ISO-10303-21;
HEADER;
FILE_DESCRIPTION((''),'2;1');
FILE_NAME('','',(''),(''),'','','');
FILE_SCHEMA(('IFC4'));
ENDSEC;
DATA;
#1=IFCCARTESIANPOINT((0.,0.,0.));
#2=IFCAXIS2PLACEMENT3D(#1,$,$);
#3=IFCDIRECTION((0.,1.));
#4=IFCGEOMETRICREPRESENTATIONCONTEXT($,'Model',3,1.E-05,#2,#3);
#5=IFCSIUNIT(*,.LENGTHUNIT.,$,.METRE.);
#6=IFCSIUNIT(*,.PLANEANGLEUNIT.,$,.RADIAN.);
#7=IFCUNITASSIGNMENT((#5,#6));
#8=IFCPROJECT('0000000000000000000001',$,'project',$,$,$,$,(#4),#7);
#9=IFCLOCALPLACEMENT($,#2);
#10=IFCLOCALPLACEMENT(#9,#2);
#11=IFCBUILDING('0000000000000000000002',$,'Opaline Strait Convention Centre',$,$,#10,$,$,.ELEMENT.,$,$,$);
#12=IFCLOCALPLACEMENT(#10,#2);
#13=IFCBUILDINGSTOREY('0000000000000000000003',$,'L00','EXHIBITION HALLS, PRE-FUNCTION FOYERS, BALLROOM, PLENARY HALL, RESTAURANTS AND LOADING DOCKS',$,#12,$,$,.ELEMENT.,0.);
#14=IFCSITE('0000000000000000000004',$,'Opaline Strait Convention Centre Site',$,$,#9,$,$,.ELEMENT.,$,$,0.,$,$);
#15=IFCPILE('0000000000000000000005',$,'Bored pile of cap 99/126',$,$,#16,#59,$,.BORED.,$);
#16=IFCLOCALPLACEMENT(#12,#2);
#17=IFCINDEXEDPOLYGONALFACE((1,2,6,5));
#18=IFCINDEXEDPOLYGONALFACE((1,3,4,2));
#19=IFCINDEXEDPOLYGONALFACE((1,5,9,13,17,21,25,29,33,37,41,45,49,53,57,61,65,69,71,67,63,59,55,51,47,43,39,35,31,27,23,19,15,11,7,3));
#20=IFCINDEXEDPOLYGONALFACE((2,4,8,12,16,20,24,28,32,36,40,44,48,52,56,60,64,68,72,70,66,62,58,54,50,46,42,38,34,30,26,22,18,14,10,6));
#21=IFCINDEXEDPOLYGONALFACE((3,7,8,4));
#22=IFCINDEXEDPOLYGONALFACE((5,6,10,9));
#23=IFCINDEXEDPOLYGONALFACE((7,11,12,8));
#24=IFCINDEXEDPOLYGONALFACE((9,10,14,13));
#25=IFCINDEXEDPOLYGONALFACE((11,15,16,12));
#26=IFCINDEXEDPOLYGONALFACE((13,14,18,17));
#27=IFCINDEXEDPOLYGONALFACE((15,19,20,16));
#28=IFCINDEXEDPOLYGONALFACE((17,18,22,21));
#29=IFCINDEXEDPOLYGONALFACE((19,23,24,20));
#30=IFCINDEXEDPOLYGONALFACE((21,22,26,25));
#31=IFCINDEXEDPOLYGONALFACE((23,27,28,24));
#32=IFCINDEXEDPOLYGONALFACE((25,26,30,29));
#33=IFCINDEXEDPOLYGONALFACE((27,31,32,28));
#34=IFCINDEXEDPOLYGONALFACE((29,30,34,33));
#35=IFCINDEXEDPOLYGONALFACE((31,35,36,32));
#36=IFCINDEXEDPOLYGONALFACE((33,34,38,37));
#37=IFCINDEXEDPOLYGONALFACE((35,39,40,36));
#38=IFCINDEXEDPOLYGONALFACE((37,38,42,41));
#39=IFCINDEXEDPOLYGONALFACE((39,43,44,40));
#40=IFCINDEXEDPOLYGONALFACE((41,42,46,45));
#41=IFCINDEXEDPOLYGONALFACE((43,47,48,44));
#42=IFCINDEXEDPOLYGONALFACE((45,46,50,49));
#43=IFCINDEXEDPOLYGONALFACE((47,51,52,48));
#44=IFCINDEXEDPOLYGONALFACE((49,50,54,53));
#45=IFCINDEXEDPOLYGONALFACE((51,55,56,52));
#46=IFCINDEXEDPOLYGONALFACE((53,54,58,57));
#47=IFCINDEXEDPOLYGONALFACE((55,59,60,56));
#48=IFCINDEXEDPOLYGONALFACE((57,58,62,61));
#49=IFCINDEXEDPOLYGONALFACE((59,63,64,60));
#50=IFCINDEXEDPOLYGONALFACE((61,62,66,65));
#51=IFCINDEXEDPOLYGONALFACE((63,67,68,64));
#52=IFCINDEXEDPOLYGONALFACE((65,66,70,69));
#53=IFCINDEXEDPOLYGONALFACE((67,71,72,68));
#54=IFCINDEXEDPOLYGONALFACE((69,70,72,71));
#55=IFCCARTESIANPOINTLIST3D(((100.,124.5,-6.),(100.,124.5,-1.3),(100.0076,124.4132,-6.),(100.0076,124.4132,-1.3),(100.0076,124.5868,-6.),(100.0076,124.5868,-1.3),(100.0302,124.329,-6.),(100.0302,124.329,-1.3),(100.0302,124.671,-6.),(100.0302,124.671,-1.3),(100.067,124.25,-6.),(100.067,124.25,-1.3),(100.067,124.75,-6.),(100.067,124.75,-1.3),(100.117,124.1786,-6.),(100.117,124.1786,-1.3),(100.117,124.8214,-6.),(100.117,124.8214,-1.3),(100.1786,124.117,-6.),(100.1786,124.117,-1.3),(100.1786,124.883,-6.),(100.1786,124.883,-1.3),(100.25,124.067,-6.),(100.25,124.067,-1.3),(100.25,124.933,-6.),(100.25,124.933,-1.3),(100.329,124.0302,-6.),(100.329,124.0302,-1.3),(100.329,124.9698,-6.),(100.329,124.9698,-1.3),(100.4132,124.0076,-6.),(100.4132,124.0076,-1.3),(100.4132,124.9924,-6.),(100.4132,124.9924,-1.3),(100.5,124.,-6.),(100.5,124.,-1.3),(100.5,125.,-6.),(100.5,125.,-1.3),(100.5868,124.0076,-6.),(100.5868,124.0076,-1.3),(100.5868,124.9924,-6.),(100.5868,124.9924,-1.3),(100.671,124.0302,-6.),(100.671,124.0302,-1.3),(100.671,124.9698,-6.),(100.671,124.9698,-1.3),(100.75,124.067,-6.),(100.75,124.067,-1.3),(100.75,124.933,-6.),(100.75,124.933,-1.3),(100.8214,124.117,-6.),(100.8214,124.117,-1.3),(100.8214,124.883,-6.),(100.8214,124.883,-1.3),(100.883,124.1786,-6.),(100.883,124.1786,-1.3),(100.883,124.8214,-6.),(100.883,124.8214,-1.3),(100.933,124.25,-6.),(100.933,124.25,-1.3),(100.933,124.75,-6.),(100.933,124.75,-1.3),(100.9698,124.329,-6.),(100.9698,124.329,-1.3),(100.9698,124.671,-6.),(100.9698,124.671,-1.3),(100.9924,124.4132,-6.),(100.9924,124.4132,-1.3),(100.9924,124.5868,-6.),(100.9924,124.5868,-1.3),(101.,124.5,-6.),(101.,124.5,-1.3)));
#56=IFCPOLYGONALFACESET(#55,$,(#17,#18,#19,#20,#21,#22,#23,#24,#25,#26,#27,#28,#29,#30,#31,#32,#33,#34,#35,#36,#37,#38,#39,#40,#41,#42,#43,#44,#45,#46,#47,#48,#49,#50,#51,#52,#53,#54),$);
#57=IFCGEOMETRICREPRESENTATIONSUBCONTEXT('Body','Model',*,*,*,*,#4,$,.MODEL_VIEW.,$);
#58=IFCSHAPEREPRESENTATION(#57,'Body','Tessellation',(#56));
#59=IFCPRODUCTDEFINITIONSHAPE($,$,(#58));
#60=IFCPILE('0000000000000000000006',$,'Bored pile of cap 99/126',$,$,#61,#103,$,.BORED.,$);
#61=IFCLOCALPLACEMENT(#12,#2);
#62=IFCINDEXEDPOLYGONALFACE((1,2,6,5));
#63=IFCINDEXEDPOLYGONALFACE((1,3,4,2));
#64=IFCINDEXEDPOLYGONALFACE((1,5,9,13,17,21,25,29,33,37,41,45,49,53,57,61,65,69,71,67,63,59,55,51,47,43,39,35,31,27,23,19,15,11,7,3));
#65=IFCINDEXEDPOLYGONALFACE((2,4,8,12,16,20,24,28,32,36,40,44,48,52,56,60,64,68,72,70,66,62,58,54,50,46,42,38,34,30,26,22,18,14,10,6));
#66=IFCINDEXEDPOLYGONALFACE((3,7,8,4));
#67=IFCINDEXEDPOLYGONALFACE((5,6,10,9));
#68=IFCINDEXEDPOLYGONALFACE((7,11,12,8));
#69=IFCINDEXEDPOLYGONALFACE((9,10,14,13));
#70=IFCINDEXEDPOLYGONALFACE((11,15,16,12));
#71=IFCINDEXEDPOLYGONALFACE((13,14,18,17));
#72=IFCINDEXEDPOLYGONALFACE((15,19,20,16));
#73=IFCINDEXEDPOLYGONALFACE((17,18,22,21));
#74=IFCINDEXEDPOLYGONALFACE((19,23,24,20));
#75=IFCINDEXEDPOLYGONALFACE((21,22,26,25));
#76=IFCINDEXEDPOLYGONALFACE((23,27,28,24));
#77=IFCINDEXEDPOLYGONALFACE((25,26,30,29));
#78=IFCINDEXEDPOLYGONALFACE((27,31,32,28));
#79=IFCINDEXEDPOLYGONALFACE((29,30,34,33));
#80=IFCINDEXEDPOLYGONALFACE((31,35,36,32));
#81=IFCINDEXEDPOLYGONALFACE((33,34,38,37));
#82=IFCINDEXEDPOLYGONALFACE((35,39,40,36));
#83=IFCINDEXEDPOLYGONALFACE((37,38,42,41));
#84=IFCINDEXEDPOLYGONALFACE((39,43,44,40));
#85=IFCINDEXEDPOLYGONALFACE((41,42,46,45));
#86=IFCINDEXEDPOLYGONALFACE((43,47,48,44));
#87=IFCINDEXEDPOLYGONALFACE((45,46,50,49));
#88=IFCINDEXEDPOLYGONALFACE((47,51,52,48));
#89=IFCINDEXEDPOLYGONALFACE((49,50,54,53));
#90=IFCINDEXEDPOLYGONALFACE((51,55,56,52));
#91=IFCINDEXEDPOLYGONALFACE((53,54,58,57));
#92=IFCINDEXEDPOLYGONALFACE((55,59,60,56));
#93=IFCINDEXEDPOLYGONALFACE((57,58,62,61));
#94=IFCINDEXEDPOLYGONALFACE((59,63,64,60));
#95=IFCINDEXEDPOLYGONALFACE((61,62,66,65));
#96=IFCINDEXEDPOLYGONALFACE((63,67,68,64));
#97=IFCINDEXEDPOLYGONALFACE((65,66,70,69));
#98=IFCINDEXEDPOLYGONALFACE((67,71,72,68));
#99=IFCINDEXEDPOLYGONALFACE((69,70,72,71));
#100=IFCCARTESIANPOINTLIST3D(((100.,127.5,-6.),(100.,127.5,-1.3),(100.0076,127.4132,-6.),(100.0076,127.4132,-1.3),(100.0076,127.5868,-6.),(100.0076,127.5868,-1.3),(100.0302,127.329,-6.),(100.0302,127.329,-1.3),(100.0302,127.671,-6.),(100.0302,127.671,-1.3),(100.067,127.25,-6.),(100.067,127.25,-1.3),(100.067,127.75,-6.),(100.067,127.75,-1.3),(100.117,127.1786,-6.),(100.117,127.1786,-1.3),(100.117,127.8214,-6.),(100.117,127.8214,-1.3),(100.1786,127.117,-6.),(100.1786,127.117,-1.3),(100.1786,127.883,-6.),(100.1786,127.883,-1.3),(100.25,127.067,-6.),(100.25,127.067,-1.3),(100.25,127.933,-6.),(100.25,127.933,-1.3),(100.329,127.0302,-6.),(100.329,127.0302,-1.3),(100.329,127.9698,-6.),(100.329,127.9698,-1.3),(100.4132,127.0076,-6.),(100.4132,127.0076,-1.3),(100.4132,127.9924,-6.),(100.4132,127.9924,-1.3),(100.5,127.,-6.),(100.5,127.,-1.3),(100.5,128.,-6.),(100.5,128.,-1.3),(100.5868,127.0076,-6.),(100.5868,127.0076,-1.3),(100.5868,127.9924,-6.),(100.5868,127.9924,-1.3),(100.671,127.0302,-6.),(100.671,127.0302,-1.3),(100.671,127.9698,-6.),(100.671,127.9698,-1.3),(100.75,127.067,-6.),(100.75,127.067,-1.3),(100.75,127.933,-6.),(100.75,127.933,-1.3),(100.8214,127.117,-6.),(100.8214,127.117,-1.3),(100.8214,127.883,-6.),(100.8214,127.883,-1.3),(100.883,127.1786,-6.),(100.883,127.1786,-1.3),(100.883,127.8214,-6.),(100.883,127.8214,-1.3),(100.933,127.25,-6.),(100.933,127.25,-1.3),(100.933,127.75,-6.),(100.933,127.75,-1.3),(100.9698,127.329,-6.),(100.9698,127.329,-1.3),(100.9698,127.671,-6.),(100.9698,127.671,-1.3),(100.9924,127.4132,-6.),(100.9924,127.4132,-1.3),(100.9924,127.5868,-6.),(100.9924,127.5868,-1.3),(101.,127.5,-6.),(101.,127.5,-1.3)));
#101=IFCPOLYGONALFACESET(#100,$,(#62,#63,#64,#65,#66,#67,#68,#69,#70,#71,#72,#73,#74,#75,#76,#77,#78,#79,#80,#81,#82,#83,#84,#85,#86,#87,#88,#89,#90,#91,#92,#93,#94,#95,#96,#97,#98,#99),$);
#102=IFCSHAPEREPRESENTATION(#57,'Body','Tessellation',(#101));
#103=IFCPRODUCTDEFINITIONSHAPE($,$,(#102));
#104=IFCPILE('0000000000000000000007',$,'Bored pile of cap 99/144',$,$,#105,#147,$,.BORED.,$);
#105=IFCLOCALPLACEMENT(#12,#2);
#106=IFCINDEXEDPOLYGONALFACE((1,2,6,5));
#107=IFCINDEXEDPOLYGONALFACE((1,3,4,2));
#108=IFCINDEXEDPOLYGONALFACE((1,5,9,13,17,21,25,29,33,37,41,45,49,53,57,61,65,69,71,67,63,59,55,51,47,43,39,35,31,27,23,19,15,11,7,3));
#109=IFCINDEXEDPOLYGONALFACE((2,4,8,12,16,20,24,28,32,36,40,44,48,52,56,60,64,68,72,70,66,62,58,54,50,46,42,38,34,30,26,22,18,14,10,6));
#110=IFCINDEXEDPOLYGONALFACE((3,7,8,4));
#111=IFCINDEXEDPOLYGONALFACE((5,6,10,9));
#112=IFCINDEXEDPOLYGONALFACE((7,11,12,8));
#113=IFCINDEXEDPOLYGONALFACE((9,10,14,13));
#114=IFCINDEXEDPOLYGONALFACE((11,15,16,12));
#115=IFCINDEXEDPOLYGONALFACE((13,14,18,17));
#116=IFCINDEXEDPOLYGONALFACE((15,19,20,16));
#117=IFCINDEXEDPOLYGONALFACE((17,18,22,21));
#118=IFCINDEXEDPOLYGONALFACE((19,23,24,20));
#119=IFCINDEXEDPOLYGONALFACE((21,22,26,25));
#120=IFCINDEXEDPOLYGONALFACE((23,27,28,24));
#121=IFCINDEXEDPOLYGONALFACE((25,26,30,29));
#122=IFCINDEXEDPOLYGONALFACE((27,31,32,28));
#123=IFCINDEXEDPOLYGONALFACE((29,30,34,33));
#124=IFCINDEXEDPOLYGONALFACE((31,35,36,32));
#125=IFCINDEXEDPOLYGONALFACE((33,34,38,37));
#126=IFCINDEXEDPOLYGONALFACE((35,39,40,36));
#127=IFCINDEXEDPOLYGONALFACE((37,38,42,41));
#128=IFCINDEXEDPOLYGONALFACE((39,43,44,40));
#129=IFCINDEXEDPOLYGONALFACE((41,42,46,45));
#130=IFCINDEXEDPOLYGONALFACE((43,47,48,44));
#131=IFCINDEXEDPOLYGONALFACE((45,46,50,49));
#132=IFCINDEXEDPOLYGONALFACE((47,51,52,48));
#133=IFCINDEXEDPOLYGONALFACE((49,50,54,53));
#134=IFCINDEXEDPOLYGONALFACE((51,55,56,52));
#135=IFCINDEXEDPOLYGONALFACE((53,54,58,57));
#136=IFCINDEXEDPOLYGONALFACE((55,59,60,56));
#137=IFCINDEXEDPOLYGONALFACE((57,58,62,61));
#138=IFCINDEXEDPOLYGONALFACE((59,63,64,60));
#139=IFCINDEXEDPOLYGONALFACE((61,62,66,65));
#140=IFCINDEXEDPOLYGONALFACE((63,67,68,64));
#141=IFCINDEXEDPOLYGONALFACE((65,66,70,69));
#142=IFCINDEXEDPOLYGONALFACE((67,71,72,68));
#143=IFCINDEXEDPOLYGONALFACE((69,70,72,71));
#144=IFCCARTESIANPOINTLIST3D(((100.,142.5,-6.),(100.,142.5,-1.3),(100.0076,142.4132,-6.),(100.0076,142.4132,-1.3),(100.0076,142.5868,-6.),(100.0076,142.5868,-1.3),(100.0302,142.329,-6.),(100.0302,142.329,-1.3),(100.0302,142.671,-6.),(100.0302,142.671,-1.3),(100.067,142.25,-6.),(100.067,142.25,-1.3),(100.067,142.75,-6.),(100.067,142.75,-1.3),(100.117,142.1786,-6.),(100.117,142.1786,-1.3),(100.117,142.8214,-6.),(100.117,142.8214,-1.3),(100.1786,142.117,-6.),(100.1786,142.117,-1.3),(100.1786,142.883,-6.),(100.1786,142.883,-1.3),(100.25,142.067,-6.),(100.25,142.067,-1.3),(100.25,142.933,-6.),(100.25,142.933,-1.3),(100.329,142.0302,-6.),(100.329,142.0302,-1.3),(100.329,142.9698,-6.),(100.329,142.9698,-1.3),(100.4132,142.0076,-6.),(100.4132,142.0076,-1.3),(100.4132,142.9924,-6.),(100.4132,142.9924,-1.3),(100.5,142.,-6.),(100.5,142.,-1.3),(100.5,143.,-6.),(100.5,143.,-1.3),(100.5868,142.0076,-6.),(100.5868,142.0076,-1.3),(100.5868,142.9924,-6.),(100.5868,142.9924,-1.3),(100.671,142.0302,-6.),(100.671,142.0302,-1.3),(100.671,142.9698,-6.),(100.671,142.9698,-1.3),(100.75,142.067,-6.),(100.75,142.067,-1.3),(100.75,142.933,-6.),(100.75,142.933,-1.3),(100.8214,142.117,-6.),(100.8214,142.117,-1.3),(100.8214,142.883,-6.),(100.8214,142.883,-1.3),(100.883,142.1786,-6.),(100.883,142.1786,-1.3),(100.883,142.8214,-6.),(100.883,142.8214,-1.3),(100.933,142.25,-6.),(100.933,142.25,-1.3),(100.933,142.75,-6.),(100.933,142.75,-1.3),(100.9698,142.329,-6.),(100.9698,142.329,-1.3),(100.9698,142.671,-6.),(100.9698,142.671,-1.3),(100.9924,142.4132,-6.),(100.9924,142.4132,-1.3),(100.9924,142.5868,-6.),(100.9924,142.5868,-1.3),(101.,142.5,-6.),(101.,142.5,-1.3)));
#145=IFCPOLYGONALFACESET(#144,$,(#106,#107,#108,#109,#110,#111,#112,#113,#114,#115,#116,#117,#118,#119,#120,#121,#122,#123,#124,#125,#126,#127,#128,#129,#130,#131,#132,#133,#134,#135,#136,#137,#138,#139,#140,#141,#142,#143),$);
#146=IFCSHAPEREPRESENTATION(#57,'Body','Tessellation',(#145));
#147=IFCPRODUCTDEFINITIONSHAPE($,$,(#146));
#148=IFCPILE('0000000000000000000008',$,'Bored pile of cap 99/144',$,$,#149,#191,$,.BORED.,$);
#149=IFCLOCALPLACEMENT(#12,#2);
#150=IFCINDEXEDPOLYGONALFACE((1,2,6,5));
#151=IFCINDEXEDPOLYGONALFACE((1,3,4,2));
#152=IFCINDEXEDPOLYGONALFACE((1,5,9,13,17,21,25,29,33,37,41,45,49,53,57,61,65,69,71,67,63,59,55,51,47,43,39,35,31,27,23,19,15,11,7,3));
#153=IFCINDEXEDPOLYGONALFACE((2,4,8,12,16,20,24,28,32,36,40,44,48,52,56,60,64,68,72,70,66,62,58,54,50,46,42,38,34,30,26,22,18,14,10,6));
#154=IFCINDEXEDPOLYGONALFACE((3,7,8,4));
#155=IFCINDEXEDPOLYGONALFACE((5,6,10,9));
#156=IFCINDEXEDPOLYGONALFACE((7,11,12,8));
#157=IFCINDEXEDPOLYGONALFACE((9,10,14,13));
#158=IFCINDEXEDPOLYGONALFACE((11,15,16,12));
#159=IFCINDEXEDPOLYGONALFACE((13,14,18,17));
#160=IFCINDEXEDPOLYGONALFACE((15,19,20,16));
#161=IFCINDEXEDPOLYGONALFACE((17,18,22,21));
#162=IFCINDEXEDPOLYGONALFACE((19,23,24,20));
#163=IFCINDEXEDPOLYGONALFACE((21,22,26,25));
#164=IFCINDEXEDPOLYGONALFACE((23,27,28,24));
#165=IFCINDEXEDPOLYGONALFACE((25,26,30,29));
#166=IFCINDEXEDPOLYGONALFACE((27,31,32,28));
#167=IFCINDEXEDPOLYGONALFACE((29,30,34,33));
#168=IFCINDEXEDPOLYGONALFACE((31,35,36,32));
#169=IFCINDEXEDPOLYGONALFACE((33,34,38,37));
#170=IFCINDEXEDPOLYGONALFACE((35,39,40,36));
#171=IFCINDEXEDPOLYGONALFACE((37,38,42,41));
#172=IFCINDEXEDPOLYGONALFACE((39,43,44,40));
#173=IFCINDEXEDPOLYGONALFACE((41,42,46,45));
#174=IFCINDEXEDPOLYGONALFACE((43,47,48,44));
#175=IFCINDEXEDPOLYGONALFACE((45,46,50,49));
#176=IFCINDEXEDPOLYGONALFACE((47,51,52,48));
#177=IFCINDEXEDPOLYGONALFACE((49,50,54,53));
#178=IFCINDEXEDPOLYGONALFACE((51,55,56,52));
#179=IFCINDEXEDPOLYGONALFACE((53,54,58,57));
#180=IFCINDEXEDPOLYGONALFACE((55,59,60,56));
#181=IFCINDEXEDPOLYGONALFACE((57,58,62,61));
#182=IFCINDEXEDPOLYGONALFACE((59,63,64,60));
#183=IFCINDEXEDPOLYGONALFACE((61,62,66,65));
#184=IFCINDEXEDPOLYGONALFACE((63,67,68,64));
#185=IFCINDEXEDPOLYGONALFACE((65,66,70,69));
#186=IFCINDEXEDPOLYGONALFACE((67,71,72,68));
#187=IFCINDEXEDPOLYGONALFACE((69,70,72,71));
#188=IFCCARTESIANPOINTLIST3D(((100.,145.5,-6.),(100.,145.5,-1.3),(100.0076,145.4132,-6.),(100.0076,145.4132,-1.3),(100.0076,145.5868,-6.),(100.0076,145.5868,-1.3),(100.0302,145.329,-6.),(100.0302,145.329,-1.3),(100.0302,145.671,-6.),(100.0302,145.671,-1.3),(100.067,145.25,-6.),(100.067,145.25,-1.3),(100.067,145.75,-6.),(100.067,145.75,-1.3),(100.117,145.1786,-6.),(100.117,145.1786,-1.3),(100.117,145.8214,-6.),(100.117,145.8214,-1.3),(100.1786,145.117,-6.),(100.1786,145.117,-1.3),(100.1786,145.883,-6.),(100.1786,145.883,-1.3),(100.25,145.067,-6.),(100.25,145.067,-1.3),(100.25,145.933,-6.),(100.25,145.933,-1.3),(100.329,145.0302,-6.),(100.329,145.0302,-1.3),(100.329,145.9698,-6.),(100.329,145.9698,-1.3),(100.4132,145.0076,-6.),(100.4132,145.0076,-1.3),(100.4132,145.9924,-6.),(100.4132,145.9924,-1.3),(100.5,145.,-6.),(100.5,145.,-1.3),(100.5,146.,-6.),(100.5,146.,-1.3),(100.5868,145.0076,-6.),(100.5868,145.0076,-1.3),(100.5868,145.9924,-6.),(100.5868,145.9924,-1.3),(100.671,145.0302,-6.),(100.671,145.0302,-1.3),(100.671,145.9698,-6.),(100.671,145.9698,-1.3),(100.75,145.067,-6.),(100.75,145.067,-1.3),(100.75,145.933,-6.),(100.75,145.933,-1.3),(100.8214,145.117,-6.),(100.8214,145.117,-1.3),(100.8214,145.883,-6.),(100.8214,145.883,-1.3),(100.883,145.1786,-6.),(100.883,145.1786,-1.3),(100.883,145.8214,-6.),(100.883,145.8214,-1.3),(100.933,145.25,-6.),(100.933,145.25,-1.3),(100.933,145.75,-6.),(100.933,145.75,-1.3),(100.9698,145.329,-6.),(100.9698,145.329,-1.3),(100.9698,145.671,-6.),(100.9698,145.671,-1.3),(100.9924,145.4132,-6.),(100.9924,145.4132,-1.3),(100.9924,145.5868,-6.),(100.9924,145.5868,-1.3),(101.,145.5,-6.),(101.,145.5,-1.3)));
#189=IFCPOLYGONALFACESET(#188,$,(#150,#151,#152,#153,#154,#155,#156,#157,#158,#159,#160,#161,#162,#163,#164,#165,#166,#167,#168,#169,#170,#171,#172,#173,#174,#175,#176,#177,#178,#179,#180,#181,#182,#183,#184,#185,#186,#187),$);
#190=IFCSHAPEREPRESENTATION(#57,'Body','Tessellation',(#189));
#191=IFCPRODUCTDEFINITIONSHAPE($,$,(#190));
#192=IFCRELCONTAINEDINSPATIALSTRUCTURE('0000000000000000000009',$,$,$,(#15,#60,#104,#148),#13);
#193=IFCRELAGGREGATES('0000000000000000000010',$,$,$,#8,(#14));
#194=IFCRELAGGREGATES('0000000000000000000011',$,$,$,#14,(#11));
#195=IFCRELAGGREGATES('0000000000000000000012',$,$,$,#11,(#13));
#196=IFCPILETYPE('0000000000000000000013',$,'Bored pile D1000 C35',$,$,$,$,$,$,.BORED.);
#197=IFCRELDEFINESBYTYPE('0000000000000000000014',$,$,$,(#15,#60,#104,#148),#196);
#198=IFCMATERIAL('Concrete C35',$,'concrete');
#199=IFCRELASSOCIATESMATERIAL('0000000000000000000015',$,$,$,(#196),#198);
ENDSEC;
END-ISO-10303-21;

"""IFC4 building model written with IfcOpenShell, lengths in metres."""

from ifc_helpers import new_model, si_unit, direction, frame, origin, origin_2d, place, context, subcontext, project, spatial, circle, extrude, material, material_profile, profile_set, type_object, element, save


model = new_model("IFC4")

# Units and contexts
model_context = context("Model", 3, precision=1e-05, world=origin(), true_north=direction((0.0, 1.0)))
body_context = subcontext(model_context, "Body", "Model", "MODEL_VIEW")
ifc_project = project(units=[si_unit("LENGTHUNIT", "METRE"), si_unit("PLANEANGLEUNIT", "RADIAN")], contexts=[model_context])

# Site, building, storey
site_placement = place(None, origin())
site = spatial("IfcSite", under=ifc_project, at=site_placement, Name="Opaline Strait Convention Centre Site", CompositionType="ELEMENT", RefElevation=0.0)
building_placement = place(site_placement, origin())
building = spatial("IfcBuilding", under=site, at=building_placement, Name="Opaline Strait Convention Centre", CompositionType="ELEMENT")
storey_placement = place(building_placement, origin())
storey = spatial("IfcBuildingStorey", under=building, at=storey_placement, Name="L00", Description="EXHIBITION HALLS, PRE-FUNCTION FOYERS, BALLROOM, PLENARY HALL, RESTAURANTS AND LOADING DOCKS", CompositionType="ELEMENT", Elevation=0.0)

# Piles
ifc_material_1 = material(Name="Concrete C35", Category="concrete")
ifc_material_profile_1 = material_profile(ifc_material_1, circle(Radius=0.5, at=origin_2d()), Name="D1000")
ifc_profile_set_1 = profile_set([ifc_material_profile_1], Name="Concrete C35")
pile_type_1 = type_object("IfcPileType", Name="Bored pile D1000 C35", PredefinedType="BORED", material=ifc_profile_set_1)
for number, where, z_axis, x_axis, name in (
    (1, (100.5, 124.5, -1.3), (0.0, 0.0, -1.0), (1.0, 0.0, 0.0), "Bored pile of cap 99/126"),
    (2, (100.5, 127.5, -1.3), (0.0, 0.0, -1.0), (1.0, 0.0, 0.0), "Bored pile of cap 99/126"),
    (3, (100.5, 142.5, -1.3), (0.0, 0.0, -1.0), (1.0, 0.0, 0.0), "Bored pile of cap 99/144"),
    (4, (100.5, 145.5, -1.3), (0.0, 0.0, -1.0), (1.0, 0.0, 0.0), "Bored pile of cap 99/144"),
):
    element("IfcPile", number, at=place(storey_placement, frame(where, z_axis=z_axis, x_axis=x_axis)), inside=storey, type_object=pile_type_1, Name=name, PredefinedType="BORED", context=body_context, shape_type="SweptSolid", body=[
        extrude(circle(Radius=0.5, at=origin_2d()), origin(), (0.0, 0.0, 1.0), 4.7),
    ])

save(model, "model.ifc")
